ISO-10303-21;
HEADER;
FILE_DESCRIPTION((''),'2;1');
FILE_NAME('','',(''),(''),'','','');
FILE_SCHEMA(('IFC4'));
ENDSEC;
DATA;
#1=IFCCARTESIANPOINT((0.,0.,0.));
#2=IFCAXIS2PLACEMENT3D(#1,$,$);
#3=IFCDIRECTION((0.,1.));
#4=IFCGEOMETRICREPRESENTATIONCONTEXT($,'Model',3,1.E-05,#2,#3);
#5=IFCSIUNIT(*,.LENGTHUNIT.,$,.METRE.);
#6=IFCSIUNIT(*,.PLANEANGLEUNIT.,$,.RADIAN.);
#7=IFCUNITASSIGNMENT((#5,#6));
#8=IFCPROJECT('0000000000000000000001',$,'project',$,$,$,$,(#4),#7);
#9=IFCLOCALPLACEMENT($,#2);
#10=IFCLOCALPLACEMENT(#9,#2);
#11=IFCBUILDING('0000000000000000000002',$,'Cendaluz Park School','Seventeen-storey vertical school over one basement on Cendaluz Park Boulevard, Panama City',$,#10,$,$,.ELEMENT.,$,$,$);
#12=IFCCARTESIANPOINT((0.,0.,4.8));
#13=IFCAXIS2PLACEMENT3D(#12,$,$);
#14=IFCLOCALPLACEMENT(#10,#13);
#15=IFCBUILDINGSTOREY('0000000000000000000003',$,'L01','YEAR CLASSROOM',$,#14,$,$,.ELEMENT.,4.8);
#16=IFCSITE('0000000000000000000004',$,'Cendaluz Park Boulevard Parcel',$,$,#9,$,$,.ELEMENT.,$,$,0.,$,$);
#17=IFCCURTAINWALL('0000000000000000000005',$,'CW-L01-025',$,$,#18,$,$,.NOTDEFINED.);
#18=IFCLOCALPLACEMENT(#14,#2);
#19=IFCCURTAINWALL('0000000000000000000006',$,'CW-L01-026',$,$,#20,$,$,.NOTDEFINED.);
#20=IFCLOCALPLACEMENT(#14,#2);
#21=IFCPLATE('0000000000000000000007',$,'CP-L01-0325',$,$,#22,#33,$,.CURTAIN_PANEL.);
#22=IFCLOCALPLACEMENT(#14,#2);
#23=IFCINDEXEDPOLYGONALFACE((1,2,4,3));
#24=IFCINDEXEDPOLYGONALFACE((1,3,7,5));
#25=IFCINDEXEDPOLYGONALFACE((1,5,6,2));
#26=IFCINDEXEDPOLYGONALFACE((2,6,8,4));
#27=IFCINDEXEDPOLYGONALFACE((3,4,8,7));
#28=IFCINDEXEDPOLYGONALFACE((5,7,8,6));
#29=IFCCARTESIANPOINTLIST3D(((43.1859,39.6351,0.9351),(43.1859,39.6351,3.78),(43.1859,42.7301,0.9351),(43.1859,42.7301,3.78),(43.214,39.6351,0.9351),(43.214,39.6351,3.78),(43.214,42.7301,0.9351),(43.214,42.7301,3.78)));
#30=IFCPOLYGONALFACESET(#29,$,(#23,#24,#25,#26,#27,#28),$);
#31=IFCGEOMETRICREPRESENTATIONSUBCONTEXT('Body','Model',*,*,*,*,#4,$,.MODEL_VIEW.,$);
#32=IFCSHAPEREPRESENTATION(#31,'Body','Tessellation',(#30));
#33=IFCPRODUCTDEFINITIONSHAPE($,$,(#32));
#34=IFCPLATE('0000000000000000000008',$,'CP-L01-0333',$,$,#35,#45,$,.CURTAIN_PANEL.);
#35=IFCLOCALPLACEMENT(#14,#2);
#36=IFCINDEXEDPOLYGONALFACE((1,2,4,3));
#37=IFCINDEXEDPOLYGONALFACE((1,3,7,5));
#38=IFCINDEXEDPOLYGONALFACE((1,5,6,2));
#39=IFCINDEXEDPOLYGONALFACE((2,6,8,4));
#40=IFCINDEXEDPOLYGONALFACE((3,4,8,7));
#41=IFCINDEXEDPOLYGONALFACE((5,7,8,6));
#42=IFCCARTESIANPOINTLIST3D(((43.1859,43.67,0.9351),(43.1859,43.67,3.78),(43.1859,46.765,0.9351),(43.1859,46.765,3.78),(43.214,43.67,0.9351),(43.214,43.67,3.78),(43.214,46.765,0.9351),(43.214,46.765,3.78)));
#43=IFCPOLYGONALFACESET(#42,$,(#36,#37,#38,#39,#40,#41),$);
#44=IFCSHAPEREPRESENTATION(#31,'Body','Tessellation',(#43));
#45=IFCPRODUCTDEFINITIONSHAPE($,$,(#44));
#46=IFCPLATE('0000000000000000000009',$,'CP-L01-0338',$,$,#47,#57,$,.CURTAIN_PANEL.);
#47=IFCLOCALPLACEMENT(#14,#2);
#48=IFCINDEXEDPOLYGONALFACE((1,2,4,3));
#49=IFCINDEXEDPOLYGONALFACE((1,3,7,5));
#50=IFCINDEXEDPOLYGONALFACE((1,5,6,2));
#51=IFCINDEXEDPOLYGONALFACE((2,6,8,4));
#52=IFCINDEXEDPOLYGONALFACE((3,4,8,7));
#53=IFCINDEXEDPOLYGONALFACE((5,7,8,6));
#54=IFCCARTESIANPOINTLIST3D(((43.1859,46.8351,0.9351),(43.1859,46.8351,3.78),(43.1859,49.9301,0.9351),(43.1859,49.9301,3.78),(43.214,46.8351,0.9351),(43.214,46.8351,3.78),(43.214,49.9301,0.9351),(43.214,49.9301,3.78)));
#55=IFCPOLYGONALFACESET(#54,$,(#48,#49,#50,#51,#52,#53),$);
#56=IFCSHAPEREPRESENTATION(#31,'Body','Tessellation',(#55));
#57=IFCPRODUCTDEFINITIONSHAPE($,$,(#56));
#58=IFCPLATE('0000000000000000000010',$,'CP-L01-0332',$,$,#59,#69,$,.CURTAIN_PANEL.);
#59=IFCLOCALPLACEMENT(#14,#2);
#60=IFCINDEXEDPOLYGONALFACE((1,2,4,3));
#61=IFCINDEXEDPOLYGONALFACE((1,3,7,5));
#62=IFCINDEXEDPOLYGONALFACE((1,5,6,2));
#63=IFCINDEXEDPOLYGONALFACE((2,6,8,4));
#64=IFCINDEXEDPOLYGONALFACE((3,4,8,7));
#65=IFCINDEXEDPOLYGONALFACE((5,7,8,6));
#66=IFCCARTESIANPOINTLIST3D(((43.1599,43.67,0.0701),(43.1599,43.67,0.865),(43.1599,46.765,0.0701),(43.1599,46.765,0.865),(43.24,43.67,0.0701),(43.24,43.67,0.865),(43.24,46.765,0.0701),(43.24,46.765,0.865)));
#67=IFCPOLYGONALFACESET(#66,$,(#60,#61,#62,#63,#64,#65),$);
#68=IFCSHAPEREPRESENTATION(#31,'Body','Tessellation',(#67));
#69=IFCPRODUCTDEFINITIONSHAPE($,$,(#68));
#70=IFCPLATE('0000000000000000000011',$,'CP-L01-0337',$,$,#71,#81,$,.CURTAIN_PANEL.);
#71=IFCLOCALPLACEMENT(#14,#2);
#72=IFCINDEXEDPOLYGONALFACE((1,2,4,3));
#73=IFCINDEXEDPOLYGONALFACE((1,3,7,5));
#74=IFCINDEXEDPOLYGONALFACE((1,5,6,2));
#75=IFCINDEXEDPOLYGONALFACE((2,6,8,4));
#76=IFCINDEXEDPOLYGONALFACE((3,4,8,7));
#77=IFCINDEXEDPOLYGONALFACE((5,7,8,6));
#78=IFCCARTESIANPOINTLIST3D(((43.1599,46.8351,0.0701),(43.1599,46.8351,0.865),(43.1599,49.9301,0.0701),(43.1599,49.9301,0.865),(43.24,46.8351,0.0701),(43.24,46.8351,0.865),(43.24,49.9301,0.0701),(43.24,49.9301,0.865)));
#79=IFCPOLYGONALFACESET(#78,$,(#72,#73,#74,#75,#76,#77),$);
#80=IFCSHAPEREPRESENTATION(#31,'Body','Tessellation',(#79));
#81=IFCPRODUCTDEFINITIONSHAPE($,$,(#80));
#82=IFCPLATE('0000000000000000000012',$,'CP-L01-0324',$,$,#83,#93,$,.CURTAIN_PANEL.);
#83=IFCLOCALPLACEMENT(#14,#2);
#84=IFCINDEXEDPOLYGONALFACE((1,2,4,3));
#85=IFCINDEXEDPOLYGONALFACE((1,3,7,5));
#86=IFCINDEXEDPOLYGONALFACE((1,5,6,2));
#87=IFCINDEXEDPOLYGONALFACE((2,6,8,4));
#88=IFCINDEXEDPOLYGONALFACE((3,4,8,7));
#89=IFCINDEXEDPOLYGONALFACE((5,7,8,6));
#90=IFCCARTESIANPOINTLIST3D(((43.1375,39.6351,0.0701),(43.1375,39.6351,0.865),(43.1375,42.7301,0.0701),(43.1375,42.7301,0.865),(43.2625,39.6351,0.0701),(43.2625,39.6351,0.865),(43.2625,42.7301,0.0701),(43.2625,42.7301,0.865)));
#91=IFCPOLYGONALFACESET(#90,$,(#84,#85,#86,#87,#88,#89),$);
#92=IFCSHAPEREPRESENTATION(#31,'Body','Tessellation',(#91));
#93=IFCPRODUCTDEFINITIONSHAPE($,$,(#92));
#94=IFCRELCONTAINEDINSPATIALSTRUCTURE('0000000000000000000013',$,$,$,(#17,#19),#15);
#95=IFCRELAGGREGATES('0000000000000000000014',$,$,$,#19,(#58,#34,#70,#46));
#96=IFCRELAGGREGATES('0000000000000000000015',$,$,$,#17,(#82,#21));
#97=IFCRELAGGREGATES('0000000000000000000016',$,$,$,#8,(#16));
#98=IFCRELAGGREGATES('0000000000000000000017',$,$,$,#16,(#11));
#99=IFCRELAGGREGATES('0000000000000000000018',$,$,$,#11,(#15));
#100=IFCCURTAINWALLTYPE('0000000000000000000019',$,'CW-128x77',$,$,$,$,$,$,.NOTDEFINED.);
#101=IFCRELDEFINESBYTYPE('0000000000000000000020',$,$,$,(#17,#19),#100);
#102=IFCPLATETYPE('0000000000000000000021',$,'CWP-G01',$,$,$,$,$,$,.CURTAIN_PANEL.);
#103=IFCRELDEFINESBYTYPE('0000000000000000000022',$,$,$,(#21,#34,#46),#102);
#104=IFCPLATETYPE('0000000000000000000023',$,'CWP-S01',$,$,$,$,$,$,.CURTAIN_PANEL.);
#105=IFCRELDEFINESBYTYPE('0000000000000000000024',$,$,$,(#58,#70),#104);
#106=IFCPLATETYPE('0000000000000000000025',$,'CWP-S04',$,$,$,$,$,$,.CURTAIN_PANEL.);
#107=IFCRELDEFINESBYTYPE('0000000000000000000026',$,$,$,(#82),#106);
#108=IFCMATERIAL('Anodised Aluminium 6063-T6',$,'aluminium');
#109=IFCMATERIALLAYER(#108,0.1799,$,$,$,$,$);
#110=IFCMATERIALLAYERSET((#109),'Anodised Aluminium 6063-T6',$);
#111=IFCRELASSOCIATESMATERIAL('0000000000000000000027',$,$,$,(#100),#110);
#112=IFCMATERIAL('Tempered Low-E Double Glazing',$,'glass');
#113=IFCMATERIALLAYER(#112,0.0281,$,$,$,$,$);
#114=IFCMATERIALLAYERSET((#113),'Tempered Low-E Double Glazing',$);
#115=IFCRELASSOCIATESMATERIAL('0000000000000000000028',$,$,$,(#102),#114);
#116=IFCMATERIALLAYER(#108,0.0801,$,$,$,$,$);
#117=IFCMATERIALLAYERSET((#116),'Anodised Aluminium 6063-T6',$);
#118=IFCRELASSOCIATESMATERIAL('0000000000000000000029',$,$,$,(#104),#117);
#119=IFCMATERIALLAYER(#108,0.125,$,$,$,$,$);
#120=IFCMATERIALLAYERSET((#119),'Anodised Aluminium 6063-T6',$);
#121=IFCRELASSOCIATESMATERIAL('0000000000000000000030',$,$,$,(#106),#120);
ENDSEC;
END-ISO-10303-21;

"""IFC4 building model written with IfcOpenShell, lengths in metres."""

from ifc_helpers import new_model, si_unit, direction, frame, origin, origin_2d, place, context, subcontext, project, spatial, rectangle, extrude, material, layer, layer_set, type_object, element, aggregate, save


model = new_model("IFC4")

# Units and contexts
model_context = context("Model", 3, precision=1e-05, world=origin(), true_north=direction((0.0, 1.0)))
body_context = subcontext(model_context, "Body", "Model", "MODEL_VIEW")
ifc_project = project(units=[si_unit("LENGTHUNIT", "METRE"), si_unit("PLANEANGLEUNIT", "RADIAN")], contexts=[model_context])

# Site, building, storey
site_placement = place(None, origin())
site = spatial("IfcSite", under=ifc_project, at=site_placement, Name="Cendaluz Park Boulevard Parcel", CompositionType="ELEMENT", RefElevation=0.0)
building_placement = place(site_placement, origin())
building = spatial("IfcBuilding", under=site, at=building_placement, Name="Cendaluz Park School", Description="Seventeen-storey vertical school over one basement on Cendaluz Park Boulevard, Panama City", CompositionType="ELEMENT")
storey_placement = place(building_placement, frame((0.0, 0.0, 4.8)))
storey = spatial("IfcBuildingStorey", under=building, at=storey_placement, Name="L01", Description="YEAR CLASSROOM", CompositionType="ELEMENT", Elevation=4.8)

# Curtain wall
ifc_material_1 = material(Name="Anodised Aluminium 6063-T6", Category="aluminium")
ifc_layer_1 = layer(ifc_material_1, 0.1799)
ifc_layer_set_1 = layer_set([ifc_layer_1], Name="Anodised Aluminium 6063-T6")
curtain_wall_type = type_object("IfcCurtainWallType", Name="CW-128x77", PredefinedType="NOTDEFINED", material=ifc_layer_set_1)
curtain_wall_1_placement = place(storey_placement, origin())
curtain_wall_1 = element("IfcCurtainWall", 1, at=curtain_wall_1_placement, inside=storey, type_object=curtain_wall_type, Name="CW-L01-025", PredefinedType="NOTDEFINED")

# Curtain wall
curtain_wall_2_placement = place(storey_placement, origin())
curtain_wall_2 = element("IfcCurtainWall", 2, at=curtain_wall_2_placement, inside=storey, type_object=curtain_wall_type, Name="CW-L01-026", PredefinedType="NOTDEFINED")

# Plates
ifc_material_2 = material(Name="Tempered Low-E Double Glazing", Category="glass")
ifc_layer_2 = layer(ifc_material_2, 0.0281)
ifc_layer_set_2 = layer_set([ifc_layer_2], Name="Tempered Low-E Double Glazing")
plate_type_1 = type_object("IfcPlateType", Name="CWP-G01", PredefinedType="CURTAIN_PANEL", material=ifc_layer_set_2)
plate_1_placement = place(storey_placement, frame((43.2, 41.1826, 0.9351), z_axis=(0.0, 0.0, 1.0), x_axis=(0.0, 1.0, 0.0)))
plate_1 = element("IfcPlate", 3, at=plate_1_placement, type_object=plate_type_1, Name="CP-L01-0325", PredefinedType="CURTAIN_PANEL", context=body_context, shape_type="SweptSolid", body=[
    extrude(rectangle(XDim=3.095, YDim=0.0281, at=origin_2d()), origin(), (0.0, 0.0, 1.0), 2.845),
])
plate_2_placement = place(storey_placement, frame((43.2, 45.2175, 0.9351), z_axis=(0.0, 0.0, 1.0), x_axis=(0.0, 1.0, 0.0)))
plate_2 = element("IfcPlate", 4, at=plate_2_placement, type_object=plate_type_1, Name="CP-L01-0333", PredefinedType="CURTAIN_PANEL", context=body_context, shape_type="SweptSolid", body=[
    extrude(rectangle(XDim=3.095, YDim=0.0281, at=origin_2d()), origin(), (0.0, 0.0, 1.0), 2.845),
])
plate_3_placement = place(storey_placement, frame((43.2, 48.3826, 0.9351), z_axis=(0.0, 0.0, 1.0), x_axis=(0.0, 1.0, 0.0)))
plate_3 = element("IfcPlate", 5, at=plate_3_placement, type_object=plate_type_1, Name="CP-L01-0338", PredefinedType="CURTAIN_PANEL", context=body_context, shape_type="SweptSolid", body=[
    extrude(rectangle(XDim=3.095, YDim=0.0281, at=origin_2d()), origin(), (0.0, 0.0, 1.0), 2.845),
])
ifc_layer_3 = layer(ifc_material_1, 0.0801)
ifc_layer_set_3 = layer_set([ifc_layer_3], Name="Anodised Aluminium 6063-T6")
plate_type_2 = type_object("IfcPlateType", Name="CWP-S01", PredefinedType="CURTAIN_PANEL", material=ifc_layer_set_3)
plate_4_placement = place(storey_placement, frame((43.2, 45.2175, 0.0701), z_axis=(0.0, 0.0, 1.0), x_axis=(0.0, 1.0, 0.0)))
plate_4 = element("IfcPlate", 6, at=plate_4_placement, type_object=plate_type_2, Name="CP-L01-0332", PredefinedType="CURTAIN_PANEL", context=body_context, shape_type="SweptSolid", body=[
    extrude(rectangle(XDim=3.095, YDim=0.0801, at=origin_2d()), origin(), (0.0, 0.0, 1.0), 0.7949),
])
plate_5_placement = place(storey_placement, frame((43.2, 48.3826, 0.0701), z_axis=(0.0, 0.0, 1.0), x_axis=(0.0, 1.0, 0.0)))
plate_5 = element("IfcPlate", 7, at=plate_5_placement, type_object=plate_type_2, Name="CP-L01-0337", PredefinedType="CURTAIN_PANEL", context=body_context, shape_type="SweptSolid", body=[
    extrude(rectangle(XDim=3.095, YDim=0.0801, at=origin_2d()), origin(), (0.0, 0.0, 1.0), 0.7949),
])
aggregate(curtain_wall_2, [plate_4, plate_2, plate_5, plate_3])
ifc_layer_4 = layer(ifc_material_1, 0.125)
ifc_layer_set_4 = layer_set([ifc_layer_4], Name="Anodised Aluminium 6063-T6")
plate_type_3 = type_object("IfcPlateType", Name="CWP-S04", PredefinedType="CURTAIN_PANEL", material=ifc_layer_set_4)
plate_6_placement = place(storey_placement, frame((43.2, 41.1826, 0.0701), z_axis=(0.0, 0.0, 1.0), x_axis=(0.0, 1.0, 0.0)))
plate_6 = element("IfcPlate", 8, at=plate_6_placement, type_object=plate_type_3, Name="CP-L01-0324", PredefinedType="CURTAIN_PANEL", context=body_context, shape_type="SweptSolid", body=[
    extrude(rectangle(XDim=3.095, YDim=0.125, at=origin_2d()), origin(), (0.0, 0.0, 1.0), 0.7949),
])
aggregate(curtain_wall_1, [plate_6, plate_1])

save(model, "model.ifc")
